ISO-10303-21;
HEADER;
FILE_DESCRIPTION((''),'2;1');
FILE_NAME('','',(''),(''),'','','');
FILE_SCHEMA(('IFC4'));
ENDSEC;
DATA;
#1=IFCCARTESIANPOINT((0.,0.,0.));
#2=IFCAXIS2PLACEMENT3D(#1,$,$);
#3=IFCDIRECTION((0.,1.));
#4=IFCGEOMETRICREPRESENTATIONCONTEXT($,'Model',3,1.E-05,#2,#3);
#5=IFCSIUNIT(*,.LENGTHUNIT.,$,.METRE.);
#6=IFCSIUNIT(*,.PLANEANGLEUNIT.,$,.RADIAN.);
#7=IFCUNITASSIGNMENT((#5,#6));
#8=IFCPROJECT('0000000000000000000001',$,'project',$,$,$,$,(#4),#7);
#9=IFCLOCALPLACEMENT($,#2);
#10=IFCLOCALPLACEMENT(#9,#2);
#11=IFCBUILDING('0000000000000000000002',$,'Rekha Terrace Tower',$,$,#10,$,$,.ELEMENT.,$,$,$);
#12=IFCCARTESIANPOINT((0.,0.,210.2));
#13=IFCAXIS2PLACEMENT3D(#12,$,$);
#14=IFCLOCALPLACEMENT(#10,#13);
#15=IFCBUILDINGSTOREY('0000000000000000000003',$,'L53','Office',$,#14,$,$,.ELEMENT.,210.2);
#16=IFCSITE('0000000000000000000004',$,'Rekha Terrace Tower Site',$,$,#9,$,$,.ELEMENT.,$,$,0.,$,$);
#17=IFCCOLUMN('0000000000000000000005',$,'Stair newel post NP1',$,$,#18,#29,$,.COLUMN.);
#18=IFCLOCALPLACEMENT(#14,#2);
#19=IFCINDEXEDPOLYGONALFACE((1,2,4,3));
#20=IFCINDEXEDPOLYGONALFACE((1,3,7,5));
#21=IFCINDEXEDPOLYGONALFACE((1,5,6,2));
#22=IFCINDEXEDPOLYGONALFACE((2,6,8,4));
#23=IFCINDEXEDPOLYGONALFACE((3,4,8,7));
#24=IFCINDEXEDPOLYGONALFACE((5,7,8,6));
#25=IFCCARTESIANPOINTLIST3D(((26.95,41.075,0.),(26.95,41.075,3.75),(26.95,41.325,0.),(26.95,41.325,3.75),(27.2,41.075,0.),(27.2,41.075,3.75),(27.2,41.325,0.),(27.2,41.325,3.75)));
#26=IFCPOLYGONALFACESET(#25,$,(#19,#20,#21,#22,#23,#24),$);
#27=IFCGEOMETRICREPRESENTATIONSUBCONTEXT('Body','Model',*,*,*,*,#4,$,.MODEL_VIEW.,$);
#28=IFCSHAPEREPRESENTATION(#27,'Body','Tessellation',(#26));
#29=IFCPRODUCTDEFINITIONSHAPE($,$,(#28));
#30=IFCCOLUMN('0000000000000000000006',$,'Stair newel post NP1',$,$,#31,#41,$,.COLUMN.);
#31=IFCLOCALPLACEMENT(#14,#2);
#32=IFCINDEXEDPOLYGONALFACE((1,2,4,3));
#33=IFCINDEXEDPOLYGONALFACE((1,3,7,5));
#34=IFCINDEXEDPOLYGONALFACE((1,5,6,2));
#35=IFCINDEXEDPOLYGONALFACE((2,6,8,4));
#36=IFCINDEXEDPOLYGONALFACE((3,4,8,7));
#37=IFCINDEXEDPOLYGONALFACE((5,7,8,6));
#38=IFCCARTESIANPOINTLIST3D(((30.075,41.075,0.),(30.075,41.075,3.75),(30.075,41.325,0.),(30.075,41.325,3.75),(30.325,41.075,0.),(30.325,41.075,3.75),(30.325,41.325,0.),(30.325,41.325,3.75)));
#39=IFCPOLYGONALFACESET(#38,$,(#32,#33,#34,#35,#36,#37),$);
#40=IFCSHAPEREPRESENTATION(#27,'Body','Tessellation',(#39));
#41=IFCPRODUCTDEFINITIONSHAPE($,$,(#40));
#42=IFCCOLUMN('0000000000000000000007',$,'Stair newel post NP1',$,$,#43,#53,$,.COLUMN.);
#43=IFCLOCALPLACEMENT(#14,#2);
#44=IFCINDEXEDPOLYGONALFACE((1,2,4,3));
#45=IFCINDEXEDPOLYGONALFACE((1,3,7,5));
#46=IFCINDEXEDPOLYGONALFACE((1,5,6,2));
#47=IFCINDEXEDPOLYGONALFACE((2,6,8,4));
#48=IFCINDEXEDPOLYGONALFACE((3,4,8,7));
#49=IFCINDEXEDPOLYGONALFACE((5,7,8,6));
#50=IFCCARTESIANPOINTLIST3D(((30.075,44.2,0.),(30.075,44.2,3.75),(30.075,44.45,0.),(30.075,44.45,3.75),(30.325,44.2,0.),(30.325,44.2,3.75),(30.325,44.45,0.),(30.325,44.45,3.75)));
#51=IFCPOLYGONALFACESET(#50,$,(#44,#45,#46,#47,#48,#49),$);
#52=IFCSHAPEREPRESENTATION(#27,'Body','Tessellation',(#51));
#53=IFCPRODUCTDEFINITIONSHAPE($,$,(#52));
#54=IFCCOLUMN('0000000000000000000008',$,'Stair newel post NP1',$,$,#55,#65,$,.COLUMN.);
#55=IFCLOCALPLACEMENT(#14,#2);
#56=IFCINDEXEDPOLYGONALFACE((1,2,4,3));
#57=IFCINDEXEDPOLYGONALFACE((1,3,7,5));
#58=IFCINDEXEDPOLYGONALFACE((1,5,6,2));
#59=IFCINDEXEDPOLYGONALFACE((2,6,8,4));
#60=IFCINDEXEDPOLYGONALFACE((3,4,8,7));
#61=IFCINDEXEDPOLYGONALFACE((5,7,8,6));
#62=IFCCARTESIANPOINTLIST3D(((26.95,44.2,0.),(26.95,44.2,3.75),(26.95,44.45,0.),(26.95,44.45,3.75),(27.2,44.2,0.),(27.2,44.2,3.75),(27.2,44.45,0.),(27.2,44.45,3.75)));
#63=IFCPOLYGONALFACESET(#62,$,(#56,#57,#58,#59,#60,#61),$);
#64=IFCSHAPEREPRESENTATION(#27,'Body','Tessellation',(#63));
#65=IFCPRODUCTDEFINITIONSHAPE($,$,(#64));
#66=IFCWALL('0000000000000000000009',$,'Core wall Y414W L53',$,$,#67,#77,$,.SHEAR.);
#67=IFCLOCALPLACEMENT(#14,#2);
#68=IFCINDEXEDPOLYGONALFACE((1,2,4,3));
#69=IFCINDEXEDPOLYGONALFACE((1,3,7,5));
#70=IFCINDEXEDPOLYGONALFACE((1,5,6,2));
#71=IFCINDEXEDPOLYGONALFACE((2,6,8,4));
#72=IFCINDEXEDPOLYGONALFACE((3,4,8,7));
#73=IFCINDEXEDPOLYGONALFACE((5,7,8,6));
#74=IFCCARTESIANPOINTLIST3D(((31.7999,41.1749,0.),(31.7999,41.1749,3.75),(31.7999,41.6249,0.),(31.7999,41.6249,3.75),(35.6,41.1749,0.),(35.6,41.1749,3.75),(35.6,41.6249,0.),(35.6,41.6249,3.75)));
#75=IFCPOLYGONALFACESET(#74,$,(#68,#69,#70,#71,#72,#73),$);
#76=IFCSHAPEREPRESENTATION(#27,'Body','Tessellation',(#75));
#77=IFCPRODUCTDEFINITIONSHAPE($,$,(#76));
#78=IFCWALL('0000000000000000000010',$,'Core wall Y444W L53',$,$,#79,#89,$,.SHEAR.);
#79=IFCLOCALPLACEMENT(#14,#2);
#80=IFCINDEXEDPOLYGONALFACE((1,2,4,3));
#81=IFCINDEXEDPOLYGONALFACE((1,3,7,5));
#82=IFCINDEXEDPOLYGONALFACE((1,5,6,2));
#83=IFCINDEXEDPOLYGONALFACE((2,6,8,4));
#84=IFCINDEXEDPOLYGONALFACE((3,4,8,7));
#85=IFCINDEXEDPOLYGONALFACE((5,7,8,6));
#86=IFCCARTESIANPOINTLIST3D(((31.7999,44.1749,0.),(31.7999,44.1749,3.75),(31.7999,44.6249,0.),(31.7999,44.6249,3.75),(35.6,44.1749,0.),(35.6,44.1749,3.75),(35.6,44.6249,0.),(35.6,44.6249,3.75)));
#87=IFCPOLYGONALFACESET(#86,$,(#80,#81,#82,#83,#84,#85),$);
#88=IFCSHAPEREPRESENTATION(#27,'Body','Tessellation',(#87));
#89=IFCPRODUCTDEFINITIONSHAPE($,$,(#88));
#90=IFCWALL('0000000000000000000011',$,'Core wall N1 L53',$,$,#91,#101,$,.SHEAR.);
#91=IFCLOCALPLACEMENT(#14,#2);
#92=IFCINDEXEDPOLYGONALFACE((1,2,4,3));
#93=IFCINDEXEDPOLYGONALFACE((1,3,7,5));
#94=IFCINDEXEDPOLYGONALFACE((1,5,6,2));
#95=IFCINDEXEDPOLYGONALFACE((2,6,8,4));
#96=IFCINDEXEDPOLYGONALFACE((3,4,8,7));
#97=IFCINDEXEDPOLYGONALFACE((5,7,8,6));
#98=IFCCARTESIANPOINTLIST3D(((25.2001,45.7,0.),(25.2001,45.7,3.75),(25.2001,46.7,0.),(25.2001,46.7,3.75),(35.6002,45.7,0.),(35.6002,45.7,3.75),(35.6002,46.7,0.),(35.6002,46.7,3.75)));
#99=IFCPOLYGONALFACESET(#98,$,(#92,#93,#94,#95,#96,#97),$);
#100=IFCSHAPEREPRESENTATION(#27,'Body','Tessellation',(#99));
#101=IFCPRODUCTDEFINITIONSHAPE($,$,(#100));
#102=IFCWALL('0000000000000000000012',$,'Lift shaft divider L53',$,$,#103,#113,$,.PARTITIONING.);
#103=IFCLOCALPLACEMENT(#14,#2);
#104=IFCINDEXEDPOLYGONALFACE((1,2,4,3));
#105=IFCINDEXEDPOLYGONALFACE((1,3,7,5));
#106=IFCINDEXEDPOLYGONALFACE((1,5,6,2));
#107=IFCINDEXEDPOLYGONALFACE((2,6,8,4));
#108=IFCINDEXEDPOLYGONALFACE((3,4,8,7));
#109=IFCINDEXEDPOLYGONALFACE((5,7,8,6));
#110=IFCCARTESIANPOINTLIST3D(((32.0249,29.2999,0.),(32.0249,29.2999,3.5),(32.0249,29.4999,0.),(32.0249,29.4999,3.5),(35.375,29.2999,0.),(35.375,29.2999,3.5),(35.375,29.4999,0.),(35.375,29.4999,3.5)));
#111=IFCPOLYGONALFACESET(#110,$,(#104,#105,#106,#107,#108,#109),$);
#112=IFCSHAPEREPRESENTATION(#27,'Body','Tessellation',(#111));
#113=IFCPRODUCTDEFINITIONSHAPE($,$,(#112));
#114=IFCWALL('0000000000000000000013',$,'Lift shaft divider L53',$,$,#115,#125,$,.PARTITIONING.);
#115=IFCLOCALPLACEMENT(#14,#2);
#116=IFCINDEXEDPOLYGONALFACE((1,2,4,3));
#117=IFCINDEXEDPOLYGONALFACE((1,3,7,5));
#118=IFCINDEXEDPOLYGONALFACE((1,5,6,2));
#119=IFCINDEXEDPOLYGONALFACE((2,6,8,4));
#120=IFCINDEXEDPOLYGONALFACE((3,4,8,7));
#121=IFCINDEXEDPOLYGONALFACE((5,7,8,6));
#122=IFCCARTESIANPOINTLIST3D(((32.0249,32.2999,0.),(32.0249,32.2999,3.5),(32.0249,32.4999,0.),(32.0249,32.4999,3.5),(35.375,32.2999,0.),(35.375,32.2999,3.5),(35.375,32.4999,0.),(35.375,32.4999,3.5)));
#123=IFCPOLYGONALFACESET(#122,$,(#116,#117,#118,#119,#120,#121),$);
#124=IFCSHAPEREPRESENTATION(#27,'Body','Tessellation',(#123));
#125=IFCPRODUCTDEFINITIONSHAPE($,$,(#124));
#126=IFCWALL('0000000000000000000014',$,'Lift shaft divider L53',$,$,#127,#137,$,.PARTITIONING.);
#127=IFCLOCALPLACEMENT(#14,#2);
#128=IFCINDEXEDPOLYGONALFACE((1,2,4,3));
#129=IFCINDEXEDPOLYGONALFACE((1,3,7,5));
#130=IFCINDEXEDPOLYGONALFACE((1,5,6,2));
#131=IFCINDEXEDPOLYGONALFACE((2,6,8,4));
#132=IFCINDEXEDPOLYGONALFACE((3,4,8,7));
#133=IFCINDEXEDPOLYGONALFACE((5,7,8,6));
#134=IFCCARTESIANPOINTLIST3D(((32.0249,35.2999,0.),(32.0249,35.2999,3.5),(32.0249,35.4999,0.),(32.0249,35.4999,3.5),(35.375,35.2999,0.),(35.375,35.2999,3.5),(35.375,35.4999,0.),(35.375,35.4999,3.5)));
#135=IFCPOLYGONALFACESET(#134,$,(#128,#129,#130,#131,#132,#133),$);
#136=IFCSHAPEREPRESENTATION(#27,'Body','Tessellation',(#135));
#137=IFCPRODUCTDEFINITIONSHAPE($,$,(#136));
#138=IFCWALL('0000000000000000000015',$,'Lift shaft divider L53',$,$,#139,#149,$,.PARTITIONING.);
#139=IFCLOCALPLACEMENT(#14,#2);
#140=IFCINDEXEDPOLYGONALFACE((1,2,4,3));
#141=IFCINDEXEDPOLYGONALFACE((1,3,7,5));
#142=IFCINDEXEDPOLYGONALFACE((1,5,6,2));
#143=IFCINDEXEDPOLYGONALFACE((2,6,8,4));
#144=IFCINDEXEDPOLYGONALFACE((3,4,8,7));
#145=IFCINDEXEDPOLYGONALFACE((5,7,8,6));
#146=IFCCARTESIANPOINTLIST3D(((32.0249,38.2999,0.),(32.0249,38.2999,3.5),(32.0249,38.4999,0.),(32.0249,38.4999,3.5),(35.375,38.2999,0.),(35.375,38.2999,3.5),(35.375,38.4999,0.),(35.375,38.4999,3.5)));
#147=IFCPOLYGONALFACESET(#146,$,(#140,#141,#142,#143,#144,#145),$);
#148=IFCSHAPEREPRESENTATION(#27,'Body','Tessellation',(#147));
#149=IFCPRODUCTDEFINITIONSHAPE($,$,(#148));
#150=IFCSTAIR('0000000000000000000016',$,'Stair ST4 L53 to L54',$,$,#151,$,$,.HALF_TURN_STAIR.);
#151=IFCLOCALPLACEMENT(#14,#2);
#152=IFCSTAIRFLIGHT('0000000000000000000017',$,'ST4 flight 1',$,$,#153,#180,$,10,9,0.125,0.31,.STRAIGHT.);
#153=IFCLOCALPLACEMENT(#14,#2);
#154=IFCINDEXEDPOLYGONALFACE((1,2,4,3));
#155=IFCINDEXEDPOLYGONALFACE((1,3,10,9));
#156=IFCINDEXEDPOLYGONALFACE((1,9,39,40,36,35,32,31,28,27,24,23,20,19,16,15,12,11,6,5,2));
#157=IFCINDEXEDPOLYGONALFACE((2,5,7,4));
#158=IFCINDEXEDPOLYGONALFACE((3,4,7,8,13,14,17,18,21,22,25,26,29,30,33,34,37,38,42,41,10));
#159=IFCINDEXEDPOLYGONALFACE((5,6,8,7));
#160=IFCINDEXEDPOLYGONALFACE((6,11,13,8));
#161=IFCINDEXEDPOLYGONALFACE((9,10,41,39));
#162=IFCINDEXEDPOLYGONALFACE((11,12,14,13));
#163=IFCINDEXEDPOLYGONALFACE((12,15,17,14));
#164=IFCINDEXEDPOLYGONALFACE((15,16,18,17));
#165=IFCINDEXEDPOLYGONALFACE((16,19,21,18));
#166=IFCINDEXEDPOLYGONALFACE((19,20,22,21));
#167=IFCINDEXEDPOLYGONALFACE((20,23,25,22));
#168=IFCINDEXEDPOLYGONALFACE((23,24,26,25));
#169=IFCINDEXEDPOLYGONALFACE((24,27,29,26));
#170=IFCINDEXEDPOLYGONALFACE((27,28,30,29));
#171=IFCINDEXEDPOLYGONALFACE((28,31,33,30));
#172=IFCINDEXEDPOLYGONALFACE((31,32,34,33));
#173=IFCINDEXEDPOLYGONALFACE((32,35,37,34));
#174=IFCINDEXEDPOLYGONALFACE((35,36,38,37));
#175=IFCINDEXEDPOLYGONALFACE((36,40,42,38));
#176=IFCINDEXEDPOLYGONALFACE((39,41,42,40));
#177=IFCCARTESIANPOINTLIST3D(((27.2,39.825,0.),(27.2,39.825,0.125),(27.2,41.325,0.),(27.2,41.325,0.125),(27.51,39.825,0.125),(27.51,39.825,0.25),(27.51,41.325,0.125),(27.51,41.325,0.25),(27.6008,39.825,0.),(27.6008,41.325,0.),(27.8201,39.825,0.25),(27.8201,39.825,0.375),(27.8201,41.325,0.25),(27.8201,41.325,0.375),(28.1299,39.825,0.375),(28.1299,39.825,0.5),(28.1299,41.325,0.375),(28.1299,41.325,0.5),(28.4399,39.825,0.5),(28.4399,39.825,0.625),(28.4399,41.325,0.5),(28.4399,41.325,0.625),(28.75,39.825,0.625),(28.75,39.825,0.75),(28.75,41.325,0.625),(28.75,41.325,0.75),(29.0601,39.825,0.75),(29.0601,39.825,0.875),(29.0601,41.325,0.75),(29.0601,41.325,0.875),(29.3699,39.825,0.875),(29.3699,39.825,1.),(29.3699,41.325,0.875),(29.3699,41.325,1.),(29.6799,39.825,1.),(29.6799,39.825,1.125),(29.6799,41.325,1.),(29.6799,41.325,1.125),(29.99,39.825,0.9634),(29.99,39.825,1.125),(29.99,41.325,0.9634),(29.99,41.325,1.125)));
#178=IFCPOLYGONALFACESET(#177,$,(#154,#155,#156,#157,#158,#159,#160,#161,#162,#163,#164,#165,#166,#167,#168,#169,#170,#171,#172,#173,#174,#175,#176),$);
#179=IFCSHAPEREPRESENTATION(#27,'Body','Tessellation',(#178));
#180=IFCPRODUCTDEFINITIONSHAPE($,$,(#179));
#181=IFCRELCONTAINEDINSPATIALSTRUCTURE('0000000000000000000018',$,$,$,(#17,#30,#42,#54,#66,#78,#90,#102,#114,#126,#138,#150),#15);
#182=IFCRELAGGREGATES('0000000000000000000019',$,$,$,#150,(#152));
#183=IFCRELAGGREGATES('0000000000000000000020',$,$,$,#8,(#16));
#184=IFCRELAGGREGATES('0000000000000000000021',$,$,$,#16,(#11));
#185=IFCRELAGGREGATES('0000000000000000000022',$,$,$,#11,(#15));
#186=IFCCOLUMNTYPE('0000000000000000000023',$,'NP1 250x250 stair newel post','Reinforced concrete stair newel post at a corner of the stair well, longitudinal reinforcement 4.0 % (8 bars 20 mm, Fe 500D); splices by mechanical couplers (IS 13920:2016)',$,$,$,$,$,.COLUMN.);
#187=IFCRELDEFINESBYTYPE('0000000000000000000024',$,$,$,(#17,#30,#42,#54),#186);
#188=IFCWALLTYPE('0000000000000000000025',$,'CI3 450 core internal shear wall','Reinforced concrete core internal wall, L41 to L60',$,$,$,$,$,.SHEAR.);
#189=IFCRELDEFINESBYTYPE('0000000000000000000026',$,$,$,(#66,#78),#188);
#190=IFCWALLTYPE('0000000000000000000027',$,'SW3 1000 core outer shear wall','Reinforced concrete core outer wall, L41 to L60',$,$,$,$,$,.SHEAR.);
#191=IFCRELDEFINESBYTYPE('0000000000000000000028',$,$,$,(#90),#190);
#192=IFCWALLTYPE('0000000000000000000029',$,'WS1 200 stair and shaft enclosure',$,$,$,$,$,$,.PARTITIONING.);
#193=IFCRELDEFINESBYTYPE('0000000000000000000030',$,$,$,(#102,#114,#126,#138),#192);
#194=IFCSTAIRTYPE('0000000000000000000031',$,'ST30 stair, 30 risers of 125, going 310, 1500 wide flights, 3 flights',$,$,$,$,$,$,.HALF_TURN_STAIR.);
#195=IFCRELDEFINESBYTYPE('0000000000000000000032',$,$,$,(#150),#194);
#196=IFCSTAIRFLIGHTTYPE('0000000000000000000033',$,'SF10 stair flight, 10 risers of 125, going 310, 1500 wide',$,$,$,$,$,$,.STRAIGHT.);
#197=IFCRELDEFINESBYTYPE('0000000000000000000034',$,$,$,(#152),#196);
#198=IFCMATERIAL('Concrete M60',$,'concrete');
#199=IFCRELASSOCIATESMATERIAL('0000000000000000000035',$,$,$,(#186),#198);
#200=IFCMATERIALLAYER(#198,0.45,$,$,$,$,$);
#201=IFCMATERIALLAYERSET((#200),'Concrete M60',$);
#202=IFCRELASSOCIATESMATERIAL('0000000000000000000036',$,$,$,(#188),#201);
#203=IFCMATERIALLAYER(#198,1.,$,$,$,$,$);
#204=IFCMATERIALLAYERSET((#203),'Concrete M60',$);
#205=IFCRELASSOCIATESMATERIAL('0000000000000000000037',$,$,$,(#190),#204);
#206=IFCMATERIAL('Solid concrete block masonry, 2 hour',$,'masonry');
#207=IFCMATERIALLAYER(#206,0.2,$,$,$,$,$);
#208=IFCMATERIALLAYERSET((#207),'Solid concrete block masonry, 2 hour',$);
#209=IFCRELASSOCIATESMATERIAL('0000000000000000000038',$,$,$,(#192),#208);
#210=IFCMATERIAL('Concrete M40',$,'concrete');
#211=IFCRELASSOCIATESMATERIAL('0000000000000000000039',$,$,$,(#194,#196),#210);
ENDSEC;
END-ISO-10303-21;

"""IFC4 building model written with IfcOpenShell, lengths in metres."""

from ifc_helpers import new_model, si_unit, direction, frame, frame_2d, origin, origin_2d, place, context, subcontext, project, spatial, polyline, rectangle, outline, extrude, material, layer, layer_set, material_profile, profile_set, type_object, element, aggregate, save


model = new_model("IFC4")

# Units and contexts
model_context = context("Model", 3, precision=1e-05, world=origin(), true_north=direction((0.0, 1.0)))
body_context = subcontext(model_context, "Body", "Model", "MODEL_VIEW")
ifc_project = project(units=[si_unit("LENGTHUNIT", "METRE"), si_unit("PLANEANGLEUNIT", "RADIAN")], contexts=[model_context])

# Site, building, storey
site_placement = place(None, origin())
site = spatial("IfcSite", under=ifc_project, at=site_placement, Name="Rekha Terrace Tower Site", CompositionType="ELEMENT", RefElevation=0.0)
building_placement = place(site_placement, origin())
building = spatial("IfcBuilding", under=site, at=building_placement, Name="Rekha Terrace Tower", CompositionType="ELEMENT")
storey_placement = place(building_placement, frame((0.0, 0.0, 210.2)))
storey = spatial("IfcBuildingStorey", under=building, at=storey_placement, Name="L53", Description="Office", CompositionType="ELEMENT", Elevation=210.2)

# Columns
ifc_material_1 = material(Name="Concrete M60", Category="concrete")
ifc_material_profile = material_profile(ifc_material_1, rectangle(XDim=0.25, YDim=0.25, at=origin_2d()), Name="RC 250x250")
ifc_profile_set = profile_set([ifc_material_profile], Name="Concrete M60")
column_type = type_object("IfcColumnType", Name="NP1 250x250 stair newel post", Description="Reinforced concrete stair newel post at a corner of the stair well, longitudinal reinforcement 4.0 % (8 bars 20 mm, Fe 500D); splices by mechanical couplers (IS 13920:2016)", PredefinedType="COLUMN", material=ifc_profile_set)
for number, where, z_axis, x_axis, name in (
    (1, (27.075, 41.2, 0.0), (0.0, 0.0, 1.0), (1.0, 0.0, 0.0), "Stair newel post NP1"),
    (2, (30.2, 41.2, 0.0), (0.0, 0.0, 1.0), (1.0, 0.0, 0.0), "Stair newel post NP1"),
    (3, (30.2, 44.325, 0.0), (0.0, 0.0, 1.0), (1.0, 0.0, 0.0), "Stair newel post NP1"),
    (4, (27.075, 44.325, 0.0), (0.0, 0.0, 1.0), (1.0, 0.0, 0.0), "Stair newel post NP1"),
):
    element("IfcColumn", number, at=place(storey_placement, frame(where, z_axis=z_axis, x_axis=x_axis)), inside=storey, type_object=column_type, Name=name, PredefinedType="COLUMN", context=body_context, shape_type="SweptSolid", body=[
        extrude(rectangle(XDim=0.25, YDim=0.25, at=origin_2d()), origin(), (0.0, 0.0, 1.0), 3.75),
    ])

# Walls
ifc_layer_1 = layer(ifc_material_1, 0.45)
ifc_layer_set_1 = layer_set([ifc_layer_1], Name="Concrete M60")
wall_type_1 = type_object("IfcWallType", Name="CI3 450 core internal shear wall", Description="Reinforced concrete core internal wall, L41 to L60", PredefinedType="SHEAR", material=ifc_layer_set_1)
for number, where, z_axis, x_axis, name in (
    (5, (31.8, 41.3999, 0.0), (0.0, 0.0, 1.0), (1.0, 0.0, 0.0), "Core wall Y414W L53"),
    (6, (31.8, 44.3999, 0.0), (0.0, 0.0, 1.0), (1.0, 0.0, 0.0), "Core wall Y444W L53"),
):
    element("IfcWall", number, at=place(storey_placement, frame(where, z_axis=z_axis, x_axis=x_axis)), inside=storey, type_object=wall_type_1, Name=name, PredefinedType="SHEAR", context=body_context, shape_type="SweptSolid", body=[
        extrude(rectangle(XDim=3.8, YDim=0.45, at=frame_2d((1.8999, 0.0))), origin(), (0.0, 0.0, 1.0), 3.75),
    ])
ifc_layer_2 = layer(ifc_material_1, 1.0)
ifc_layer_set_2 = layer_set([ifc_layer_2], Name="Concrete M60")
wall_type_2 = type_object("IfcWallType", Name="SW3 1000 core outer shear wall", Description="Reinforced concrete core outer wall, L41 to L60", PredefinedType="SHEAR", material=ifc_layer_set_2)
wall_placement = place(storey_placement, frame((25.2, 46.2, 0.0), z_axis=(0.0, 0.0, 1.0), x_axis=(1.0, 0.0, 0.0)))
element("IfcWall", 7, at=wall_placement, inside=storey, type_object=wall_type_2, Name="Core wall N1 L53", PredefinedType="SHEAR", context=body_context, shape_type="SweptSolid", body=[
    extrude(rectangle(XDim=10.4001, YDim=1.0, at=frame_2d((5.2002, 0.0))), origin(), (0.0, 0.0, 1.0), 3.75),
])
ifc_material_2 = material(Name="Solid concrete block masonry, 2 hour", Category="masonry")
ifc_layer_3 = layer(ifc_material_2, 0.2)
ifc_layer_set_3 = layer_set([ifc_layer_3], Name="Solid concrete block masonry, 2 hour")
wall_type_3 = type_object("IfcWallType", Name="WS1 200 stair and shaft enclosure", PredefinedType="PARTITIONING", material=ifc_layer_set_3)
for number, where, z_axis, x_axis, name in (
    (8, (32.0249, 29.3999, 0.0), (0.0, 0.0, 1.0), (1.0, 0.0, 0.0), "Lift shaft divider L53"),
    (9, (32.0249, 32.3999, 0.0), (0.0, 0.0, 1.0), (1.0, 0.0, 0.0), "Lift shaft divider L53"),
    (10, (32.0249, 35.3999, 0.0), (0.0, 0.0, 1.0), (1.0, 0.0, 0.0), "Lift shaft divider L53"),
    (11, (32.0249, 38.3999, 0.0), (0.0, 0.0, 1.0), (1.0, 0.0, 0.0), "Lift shaft divider L53"),
):
    element("IfcWall", number, at=place(storey_placement, frame(where, z_axis=z_axis, x_axis=x_axis)), inside=storey, type_object=wall_type_3, Name=name, PredefinedType="PARTITIONING", context=body_context, shape_type="SweptSolid", body=[
        extrude(rectangle(XDim=3.3501, YDim=0.2, at=frame_2d((1.675, 0.0))), origin(), (0.0, 0.0, 1.0), 3.5),
    ])

# Stair, stair flight
ifc_material_3 = material(Name="Concrete M40", Category="concrete")
stair_type = type_object("IfcStairType", Name="ST30 stair, 30 risers of 125, going 310, 1500 wide flights, 3 flights", PredefinedType="HALF_TURN_STAIR", material=ifc_material_3)
stair_placement = place(storey_placement, origin())
stair = element("IfcStair", 12, at=stair_placement, inside=storey, type_object=stair_type, Name="Stair ST4 L53 to L54", PredefinedType="HALF_TURN_STAIR")
stair_flight_type = type_object("IfcStairFlightType", Name="SF10 stair flight, 10 risers of 125, going 310, 1500 wide", PredefinedType="STRAIGHT", material=ifc_material_3)
stair_flight_1_placement = place(storey_placement, frame((27.2, 40.575, 0.0), z_axis=(0.0, 0.0, 1.0), x_axis=(1.0, 0.0, 0.0)))
stair_flight_1 = element("IfcStairFlight", 13, at=stair_flight_1_placement, type_object=stair_flight_type, Name="ST4 flight 1", NumberOfRisers=10, NumberOfTreads=9, PredefinedType="STRAIGHT", RiserHeight=0.125, TreadLength=0.31, context=body_context, shape_type="SweptSolid", body=[
    extrude(outline(polyline([(0.0, 0.0), (0.0, 0.125), (0.3101, 0.125), (0.3101, 0.25), (0.6201, 0.25), (0.6201, 0.375), (0.9299, 0.375), (0.9299, 0.5), (1.24, 0.5), (1.24, 0.625), (1.55, 0.625), (1.55, 0.75), (1.8601, 0.75), (1.8601, 0.875), (2.1699, 0.875), (2.1699, 1.0), (2.48, 1.0), (2.48, 1.125), (2.79, 1.125), (2.79, 1.25), (2.79, 0.9634), (0.4009, 0.0), (0.0, 0.0)])), frame((0.0, 0.75, 0.0), z_axis=(0.0, -1.0, 0.0), x_axis=(1.0, 0.0, 0.0)), (0.0, 0.0, 1.0), 1.5),
])
aggregate(stair, [stair_flight_1])

save(model, "model.ifc")
